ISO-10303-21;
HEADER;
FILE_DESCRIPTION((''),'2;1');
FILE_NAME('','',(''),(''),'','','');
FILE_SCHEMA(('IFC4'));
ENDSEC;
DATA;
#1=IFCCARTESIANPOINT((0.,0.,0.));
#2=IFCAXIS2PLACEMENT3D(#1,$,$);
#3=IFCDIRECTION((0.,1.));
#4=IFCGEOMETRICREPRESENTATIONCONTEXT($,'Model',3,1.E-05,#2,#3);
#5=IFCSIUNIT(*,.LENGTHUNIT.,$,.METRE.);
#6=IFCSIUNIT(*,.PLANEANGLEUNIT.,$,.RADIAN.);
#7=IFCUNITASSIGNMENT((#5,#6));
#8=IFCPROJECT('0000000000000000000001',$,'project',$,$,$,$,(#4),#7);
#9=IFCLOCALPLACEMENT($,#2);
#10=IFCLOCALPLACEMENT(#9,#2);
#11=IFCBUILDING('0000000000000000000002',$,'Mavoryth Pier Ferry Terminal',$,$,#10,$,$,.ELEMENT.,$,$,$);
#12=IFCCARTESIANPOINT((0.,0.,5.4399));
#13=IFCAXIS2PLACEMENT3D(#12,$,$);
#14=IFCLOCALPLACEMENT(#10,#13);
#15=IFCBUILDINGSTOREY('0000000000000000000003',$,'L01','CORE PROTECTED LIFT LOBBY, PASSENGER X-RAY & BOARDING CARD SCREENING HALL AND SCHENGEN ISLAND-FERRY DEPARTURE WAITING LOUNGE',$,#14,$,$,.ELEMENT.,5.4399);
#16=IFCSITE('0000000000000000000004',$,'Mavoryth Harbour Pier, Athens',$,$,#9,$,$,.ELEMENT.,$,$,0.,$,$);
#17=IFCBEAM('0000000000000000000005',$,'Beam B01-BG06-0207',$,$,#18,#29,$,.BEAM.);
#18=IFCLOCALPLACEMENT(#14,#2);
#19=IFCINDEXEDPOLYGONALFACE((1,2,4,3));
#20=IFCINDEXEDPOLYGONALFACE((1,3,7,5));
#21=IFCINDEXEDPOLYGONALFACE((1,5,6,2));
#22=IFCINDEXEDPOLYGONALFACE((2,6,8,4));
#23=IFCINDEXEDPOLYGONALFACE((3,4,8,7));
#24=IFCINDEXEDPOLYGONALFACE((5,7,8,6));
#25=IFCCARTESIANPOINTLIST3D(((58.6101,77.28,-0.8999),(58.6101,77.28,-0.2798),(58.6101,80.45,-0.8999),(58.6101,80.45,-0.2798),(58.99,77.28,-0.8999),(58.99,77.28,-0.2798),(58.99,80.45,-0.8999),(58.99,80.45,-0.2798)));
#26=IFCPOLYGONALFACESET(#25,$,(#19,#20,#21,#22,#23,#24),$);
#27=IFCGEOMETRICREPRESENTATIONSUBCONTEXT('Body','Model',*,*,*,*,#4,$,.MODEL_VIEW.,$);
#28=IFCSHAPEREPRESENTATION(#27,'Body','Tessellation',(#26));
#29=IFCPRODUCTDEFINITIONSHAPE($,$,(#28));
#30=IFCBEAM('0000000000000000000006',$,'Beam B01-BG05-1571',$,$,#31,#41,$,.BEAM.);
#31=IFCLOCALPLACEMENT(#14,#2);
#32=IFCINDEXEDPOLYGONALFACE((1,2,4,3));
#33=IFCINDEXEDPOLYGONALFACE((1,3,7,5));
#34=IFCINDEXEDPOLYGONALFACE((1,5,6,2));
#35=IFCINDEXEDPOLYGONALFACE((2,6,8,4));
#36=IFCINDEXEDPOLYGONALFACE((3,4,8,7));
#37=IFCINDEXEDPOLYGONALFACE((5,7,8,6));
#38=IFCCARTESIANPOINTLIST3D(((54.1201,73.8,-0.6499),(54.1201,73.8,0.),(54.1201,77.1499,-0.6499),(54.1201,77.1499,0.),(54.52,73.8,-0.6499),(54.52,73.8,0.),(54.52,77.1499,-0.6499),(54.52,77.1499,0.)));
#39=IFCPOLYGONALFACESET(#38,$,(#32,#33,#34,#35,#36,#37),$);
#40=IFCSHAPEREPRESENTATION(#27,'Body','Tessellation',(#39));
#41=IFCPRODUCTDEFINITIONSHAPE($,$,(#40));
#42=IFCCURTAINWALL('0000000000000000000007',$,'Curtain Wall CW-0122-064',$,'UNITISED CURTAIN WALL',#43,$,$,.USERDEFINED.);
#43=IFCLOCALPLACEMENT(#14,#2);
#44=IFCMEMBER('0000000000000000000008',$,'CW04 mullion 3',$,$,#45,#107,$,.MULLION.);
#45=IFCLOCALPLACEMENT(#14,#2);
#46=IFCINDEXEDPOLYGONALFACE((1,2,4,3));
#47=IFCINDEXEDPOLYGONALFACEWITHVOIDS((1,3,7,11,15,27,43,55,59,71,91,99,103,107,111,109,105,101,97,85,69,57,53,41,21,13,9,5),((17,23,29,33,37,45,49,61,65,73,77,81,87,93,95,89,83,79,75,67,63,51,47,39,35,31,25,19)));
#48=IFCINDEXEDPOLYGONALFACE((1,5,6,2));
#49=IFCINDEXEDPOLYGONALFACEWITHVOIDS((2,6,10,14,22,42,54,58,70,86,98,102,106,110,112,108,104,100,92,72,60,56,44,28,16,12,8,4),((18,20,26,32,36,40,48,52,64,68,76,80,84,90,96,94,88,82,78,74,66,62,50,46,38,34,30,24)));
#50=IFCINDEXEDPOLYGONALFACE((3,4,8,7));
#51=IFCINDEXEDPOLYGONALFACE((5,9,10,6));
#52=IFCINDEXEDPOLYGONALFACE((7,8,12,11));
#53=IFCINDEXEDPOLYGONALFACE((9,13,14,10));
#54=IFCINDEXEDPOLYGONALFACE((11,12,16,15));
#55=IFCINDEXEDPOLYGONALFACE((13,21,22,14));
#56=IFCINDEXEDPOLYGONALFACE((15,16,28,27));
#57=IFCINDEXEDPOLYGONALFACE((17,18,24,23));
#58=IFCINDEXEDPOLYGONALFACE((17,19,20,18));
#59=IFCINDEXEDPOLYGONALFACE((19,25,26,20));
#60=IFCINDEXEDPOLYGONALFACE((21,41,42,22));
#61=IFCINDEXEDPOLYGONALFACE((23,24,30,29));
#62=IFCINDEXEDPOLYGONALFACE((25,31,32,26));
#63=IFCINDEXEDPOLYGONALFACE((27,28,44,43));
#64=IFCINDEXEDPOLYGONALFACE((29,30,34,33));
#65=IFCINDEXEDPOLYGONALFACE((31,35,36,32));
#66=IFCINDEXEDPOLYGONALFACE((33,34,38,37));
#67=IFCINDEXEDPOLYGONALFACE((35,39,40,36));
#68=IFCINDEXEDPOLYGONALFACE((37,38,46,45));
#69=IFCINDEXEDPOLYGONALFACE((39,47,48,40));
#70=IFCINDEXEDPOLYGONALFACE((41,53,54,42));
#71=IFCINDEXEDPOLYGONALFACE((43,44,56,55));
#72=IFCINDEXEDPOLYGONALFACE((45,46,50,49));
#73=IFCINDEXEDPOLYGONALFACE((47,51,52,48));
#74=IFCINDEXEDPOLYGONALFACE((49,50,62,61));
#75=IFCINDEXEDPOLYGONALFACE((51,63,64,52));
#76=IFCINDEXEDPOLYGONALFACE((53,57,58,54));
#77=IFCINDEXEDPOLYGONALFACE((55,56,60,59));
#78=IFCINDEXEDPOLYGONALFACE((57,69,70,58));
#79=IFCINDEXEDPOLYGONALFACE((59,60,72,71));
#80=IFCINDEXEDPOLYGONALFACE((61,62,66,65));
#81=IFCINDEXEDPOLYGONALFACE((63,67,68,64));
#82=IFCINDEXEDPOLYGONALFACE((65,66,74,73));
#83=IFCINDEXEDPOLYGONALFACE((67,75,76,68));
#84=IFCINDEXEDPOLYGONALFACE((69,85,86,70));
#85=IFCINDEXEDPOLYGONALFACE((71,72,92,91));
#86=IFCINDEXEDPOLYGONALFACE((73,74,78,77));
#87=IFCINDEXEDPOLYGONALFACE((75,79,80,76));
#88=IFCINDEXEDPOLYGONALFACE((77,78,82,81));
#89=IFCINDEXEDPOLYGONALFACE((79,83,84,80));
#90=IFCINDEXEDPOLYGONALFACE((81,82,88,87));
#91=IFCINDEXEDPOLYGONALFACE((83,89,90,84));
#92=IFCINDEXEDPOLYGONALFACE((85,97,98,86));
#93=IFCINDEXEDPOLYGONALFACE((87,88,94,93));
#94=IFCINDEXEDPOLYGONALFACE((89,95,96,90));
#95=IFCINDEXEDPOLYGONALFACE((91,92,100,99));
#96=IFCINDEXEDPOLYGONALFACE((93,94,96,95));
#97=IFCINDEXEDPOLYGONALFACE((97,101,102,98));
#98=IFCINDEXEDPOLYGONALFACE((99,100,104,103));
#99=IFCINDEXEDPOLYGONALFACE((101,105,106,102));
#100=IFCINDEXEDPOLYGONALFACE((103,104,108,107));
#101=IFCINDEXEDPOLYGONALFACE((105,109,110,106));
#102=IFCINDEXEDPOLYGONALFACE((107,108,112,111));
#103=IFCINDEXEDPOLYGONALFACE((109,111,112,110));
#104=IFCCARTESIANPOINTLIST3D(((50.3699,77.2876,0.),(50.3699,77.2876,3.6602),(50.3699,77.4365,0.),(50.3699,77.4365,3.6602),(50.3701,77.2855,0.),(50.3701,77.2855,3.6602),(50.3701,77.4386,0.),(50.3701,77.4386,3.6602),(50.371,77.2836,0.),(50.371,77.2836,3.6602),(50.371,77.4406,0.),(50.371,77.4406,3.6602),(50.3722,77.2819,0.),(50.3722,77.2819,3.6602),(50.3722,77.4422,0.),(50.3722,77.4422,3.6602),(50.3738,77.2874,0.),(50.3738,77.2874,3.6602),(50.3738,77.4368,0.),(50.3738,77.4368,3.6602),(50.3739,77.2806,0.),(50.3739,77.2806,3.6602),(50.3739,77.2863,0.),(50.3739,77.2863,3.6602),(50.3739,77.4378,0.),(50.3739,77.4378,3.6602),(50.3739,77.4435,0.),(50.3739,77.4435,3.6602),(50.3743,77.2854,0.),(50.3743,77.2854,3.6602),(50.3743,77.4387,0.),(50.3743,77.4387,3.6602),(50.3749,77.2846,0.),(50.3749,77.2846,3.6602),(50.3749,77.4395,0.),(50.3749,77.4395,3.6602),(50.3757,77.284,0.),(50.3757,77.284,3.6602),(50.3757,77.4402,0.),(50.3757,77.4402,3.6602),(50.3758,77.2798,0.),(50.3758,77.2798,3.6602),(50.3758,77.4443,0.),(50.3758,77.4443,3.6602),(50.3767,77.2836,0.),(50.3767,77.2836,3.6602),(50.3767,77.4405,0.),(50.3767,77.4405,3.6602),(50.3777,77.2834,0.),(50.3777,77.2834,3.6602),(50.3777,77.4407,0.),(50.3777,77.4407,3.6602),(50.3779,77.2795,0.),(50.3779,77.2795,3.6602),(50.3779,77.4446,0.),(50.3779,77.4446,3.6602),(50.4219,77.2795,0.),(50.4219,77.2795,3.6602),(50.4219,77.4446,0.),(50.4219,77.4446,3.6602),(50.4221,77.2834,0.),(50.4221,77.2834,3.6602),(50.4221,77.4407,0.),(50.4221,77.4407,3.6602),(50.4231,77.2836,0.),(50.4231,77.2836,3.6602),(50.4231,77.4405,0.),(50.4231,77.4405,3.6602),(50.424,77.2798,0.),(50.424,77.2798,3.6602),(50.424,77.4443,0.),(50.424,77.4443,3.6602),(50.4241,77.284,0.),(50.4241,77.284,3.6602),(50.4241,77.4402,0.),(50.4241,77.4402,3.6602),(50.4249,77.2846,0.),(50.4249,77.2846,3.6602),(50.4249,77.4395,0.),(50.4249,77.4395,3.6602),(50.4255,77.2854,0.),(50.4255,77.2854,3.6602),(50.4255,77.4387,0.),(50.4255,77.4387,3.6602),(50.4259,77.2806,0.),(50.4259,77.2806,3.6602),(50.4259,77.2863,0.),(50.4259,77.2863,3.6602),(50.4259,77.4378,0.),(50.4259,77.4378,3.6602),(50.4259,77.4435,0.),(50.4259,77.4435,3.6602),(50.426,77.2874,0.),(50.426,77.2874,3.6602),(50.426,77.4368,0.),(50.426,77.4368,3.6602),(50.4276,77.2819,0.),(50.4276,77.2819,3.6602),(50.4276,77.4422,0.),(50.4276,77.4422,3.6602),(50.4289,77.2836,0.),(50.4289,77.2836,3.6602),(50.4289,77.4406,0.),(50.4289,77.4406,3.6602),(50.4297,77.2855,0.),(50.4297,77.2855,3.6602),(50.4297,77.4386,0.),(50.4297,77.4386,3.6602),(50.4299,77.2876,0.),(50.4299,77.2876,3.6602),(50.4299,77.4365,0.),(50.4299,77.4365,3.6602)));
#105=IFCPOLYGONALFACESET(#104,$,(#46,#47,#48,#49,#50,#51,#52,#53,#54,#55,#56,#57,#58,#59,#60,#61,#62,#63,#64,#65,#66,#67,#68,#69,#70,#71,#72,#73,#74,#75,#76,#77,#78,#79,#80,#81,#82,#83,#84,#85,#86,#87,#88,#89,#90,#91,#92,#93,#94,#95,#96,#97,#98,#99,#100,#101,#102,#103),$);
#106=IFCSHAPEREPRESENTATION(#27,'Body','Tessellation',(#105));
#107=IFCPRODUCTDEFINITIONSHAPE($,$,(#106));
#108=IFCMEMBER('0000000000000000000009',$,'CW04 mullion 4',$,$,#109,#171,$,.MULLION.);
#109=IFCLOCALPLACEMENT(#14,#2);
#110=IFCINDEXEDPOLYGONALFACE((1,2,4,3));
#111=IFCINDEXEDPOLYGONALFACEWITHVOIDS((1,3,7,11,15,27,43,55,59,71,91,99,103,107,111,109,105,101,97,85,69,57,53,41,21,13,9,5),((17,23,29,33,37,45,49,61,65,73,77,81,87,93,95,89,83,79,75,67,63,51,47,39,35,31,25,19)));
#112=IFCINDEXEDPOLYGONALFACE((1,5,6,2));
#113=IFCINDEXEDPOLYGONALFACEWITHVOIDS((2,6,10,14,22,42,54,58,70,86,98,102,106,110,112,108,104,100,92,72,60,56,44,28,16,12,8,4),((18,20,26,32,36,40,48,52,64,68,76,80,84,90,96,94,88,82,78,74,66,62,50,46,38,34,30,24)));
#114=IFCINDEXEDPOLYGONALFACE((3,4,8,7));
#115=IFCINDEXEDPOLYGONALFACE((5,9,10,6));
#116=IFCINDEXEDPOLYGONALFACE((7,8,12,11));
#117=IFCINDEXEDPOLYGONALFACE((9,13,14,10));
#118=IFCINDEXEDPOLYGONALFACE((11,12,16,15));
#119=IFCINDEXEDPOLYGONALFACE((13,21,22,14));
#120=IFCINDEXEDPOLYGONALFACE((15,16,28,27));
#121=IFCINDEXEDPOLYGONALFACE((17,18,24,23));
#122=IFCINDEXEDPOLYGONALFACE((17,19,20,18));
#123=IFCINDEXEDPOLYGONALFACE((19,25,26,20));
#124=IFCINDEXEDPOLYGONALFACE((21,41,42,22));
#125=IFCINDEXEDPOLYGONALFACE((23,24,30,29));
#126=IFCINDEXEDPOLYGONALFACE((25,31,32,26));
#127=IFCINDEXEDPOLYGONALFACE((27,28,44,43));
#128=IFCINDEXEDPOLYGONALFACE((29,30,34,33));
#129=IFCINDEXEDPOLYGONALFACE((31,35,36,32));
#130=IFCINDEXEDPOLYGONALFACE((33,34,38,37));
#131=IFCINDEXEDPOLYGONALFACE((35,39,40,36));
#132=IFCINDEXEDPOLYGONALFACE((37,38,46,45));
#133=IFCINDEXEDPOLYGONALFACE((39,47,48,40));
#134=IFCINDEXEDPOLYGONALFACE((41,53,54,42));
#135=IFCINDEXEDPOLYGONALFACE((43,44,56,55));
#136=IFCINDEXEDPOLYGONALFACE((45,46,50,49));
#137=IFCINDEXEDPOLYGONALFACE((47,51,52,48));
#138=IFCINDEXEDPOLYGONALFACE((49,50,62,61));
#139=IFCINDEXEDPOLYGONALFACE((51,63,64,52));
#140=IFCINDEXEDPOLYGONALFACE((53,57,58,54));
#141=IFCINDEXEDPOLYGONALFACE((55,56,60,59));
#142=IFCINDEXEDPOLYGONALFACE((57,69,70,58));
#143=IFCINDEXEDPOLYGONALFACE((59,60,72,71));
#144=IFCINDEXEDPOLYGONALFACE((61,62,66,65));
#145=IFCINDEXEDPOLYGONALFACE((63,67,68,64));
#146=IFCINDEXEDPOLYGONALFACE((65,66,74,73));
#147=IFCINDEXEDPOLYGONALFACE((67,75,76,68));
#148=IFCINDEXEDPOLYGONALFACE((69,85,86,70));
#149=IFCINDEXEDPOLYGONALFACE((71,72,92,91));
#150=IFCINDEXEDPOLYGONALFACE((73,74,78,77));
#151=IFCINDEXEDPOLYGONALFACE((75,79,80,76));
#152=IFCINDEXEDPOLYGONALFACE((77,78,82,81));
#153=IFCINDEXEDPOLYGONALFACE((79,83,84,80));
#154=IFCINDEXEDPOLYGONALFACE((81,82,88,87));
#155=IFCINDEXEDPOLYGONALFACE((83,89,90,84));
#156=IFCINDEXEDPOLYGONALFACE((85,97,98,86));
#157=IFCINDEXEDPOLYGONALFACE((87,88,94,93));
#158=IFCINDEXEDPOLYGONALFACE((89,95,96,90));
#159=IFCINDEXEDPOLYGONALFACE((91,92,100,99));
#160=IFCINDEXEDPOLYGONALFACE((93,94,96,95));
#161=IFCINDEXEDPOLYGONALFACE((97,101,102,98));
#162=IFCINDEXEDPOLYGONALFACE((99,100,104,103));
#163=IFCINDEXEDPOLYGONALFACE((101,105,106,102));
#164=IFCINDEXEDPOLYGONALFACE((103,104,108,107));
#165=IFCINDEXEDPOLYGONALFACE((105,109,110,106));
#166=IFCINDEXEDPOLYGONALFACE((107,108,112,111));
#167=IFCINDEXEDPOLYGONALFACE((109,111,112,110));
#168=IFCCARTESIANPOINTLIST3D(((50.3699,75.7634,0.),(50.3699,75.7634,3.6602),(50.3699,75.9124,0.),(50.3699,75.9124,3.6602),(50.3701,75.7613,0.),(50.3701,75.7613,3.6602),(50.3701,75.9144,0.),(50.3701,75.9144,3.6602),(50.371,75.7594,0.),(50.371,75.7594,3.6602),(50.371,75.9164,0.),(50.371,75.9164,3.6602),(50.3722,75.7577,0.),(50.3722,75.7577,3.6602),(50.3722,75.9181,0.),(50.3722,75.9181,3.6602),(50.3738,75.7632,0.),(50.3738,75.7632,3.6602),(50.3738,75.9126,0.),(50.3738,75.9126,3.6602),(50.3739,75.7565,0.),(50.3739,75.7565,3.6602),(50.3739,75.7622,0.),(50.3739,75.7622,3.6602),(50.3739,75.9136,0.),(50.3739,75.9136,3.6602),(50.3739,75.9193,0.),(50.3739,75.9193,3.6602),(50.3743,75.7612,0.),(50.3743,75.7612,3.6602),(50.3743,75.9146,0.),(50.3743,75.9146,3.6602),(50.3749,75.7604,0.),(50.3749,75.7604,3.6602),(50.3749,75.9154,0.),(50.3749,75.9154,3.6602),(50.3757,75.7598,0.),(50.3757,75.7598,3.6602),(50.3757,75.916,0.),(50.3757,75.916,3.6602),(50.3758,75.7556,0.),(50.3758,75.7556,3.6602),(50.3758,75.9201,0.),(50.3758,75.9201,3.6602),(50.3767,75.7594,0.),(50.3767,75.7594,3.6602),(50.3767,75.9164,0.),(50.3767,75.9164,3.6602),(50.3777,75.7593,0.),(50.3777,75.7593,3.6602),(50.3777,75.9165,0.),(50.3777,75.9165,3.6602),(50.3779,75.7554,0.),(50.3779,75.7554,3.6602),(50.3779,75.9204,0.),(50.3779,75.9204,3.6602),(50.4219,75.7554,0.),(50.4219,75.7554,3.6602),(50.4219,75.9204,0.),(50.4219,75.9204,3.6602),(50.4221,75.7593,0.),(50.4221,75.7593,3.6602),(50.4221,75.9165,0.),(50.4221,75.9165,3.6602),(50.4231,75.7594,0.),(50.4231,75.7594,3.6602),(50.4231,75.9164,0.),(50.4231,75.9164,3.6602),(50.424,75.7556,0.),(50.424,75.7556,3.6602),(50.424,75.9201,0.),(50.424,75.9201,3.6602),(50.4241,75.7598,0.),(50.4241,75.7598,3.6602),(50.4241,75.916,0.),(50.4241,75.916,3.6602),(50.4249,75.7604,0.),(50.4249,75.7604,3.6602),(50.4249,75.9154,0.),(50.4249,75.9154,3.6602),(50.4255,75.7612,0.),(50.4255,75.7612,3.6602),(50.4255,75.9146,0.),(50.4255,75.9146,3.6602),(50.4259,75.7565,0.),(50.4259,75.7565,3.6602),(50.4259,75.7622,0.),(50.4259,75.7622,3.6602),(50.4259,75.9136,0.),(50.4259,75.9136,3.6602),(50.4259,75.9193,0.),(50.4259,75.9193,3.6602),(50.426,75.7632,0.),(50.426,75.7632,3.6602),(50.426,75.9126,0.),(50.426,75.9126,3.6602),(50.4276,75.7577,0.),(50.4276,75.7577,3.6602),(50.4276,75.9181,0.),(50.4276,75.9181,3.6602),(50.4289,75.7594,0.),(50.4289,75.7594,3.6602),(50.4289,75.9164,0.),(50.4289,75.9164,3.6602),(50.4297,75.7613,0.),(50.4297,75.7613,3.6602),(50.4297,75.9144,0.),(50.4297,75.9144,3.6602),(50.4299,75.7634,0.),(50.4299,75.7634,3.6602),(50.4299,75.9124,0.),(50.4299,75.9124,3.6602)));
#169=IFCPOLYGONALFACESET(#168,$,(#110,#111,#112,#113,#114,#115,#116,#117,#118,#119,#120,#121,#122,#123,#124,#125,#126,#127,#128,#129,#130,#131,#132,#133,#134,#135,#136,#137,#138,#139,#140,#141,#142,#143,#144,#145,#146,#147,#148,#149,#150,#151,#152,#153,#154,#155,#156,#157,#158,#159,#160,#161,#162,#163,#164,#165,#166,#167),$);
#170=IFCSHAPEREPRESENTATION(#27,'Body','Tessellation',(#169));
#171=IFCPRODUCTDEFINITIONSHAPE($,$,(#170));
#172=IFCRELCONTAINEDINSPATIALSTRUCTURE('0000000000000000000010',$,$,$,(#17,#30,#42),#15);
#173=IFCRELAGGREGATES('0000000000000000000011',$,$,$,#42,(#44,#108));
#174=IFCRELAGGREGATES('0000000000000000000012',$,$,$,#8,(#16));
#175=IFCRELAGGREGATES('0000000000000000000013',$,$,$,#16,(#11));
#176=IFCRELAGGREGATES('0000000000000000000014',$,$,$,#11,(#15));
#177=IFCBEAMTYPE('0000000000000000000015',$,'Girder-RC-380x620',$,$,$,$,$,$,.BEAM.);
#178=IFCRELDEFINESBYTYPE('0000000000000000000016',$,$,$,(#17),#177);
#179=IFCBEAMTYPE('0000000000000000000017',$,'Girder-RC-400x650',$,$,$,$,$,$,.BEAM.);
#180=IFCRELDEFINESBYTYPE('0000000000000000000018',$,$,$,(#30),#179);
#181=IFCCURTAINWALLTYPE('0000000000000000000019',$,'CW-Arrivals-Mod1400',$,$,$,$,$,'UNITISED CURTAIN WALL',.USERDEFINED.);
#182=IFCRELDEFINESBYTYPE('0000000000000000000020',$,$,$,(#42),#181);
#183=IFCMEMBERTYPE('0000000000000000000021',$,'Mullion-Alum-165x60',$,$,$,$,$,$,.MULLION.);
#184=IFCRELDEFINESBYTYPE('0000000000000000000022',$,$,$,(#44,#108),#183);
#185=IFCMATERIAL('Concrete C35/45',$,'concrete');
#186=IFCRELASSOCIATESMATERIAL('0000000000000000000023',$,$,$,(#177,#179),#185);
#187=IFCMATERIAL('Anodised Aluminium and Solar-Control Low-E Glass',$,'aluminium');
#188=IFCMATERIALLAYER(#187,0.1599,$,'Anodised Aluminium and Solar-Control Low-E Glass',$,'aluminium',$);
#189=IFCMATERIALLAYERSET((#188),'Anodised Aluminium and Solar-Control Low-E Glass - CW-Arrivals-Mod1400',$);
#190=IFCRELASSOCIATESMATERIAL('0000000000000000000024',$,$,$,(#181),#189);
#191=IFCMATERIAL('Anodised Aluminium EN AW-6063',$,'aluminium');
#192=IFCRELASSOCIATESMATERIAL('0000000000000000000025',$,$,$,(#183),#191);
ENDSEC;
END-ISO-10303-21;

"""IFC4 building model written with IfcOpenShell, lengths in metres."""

from ifc_helpers import new_model, si_unit, direction, frame, origin, origin_2d, place, context, subcontext, project, spatial, rectangle, hollow_rectangle, extrude, material, layer, layer_set, material_profile, profile_set, type_object, element, aggregate, save


model = new_model("IFC4")

# Units and contexts
model_context = context("Model", 3, precision=1e-05, world=origin(), true_north=direction((0.0, 1.0)))
body_context = subcontext(model_context, "Body", "Model", "MODEL_VIEW")
ifc_project = project(units=[si_unit("LENGTHUNIT", "METRE"), si_unit("PLANEANGLEUNIT", "RADIAN")], contexts=[model_context])

# Site, building, storey
site_placement = place(None, origin())
site = spatial("IfcSite", under=ifc_project, at=site_placement, Name="Mavoryth Harbour Pier, Athens", CompositionType="ELEMENT", RefElevation=0.0)
building_placement = place(site_placement, origin())
building = spatial("IfcBuilding", under=site, at=building_placement, Name="Mavoryth Pier Ferry Terminal", CompositionType="ELEMENT")
storey_placement = place(building_placement, frame((0.0, 0.0, 5.4399)))
storey = spatial("IfcBuildingStorey", under=building, at=storey_placement, Name="L01", Description="CORE PROTECTED LIFT LOBBY, PASSENGER X-RAY & BOARDING CARD SCREENING HALL AND SCHENGEN ISLAND-FERRY DEPARTURE WAITING LOUNGE", CompositionType="ELEMENT", Elevation=5.4399)

# Beams
ifc_material_1 = material(Name="Concrete C35/45", Category="concrete")
ifc_material_profile_1 = material_profile(ifc_material_1, rectangle(XDim=0.3799, YDim=0.6201, at=origin_2d()), Name="RC 380x620", Category="concrete")
ifc_profile_set_1 = profile_set([ifc_material_profile_1], Name="Concrete C35/45 - RC 380x620")
beam_type_1 = type_object("IfcBeamType", Name="Girder-RC-380x620", PredefinedType="BEAM", material=ifc_profile_set_1)
beam_1_placement = place(storey_placement, frame((58.8, 77.28, -0.5898), z_axis=(0.0, 1.0, 0.0), x_axis=(-1.0, 0.0, 0.0)))
element("IfcBeam", 1, at=beam_1_placement, inside=storey, type_object=beam_type_1, Name="Beam B01-BG06-0207", PredefinedType="BEAM", context=body_context, shape_type="SweptSolid", body=[
    extrude(rectangle(XDim=0.3799, YDim=0.6201, at=origin_2d()), origin(), (0.0, 0.0, 1.0), 3.1699),
])
ifc_material_profile_2 = material_profile(ifc_material_1, rectangle(XDim=0.3999, YDim=0.6499, at=origin_2d()), Name="RC 400x650", Category="concrete")
ifc_profile_set_2 = profile_set([ifc_material_profile_2], Name="Concrete C35/45 - RC 400x650")
beam_type_2 = type_object("IfcBeamType", Name="Girder-RC-400x650", PredefinedType="BEAM", material=ifc_profile_set_2)
beam_2_placement = place(storey_placement, frame((54.3201, 73.8, -0.325), z_axis=(0.0, 1.0, 0.0), x_axis=(-1.0, 0.0, 0.0)))
element("IfcBeam", 2, at=beam_2_placement, inside=storey, type_object=beam_type_2, Name="Beam B01-BG05-1571", PredefinedType="BEAM", context=body_context, shape_type="SweptSolid", body=[
    extrude(rectangle(XDim=0.3999, YDim=0.6499, at=origin_2d()), origin(), (0.0, 0.0, 1.0), 3.3499),
])

# Curtain wall, members
ifc_material_2 = material(Name="Anodised Aluminium and Solar-Control Low-E Glass", Category="aluminium")
ifc_layer_1 = layer(ifc_material_2, 0.1599, Name="Anodised Aluminium and Solar-Control Low-E Glass", Category="aluminium")
ifc_layer_set_1 = layer_set([ifc_layer_1], Name="Anodised Aluminium and Solar-Control Low-E Glass - CW-Arrivals-Mod1400")
curtain_wall_type = type_object("IfcCurtainWallType", Name="CW-Arrivals-Mod1400", ElementType="UNITISED CURTAIN WALL", PredefinedType="USERDEFINED", material=ifc_layer_set_1)
curtain_wall_placement = place(storey_placement, origin())
curtain_wall = element("IfcCurtainWall", 3, at=curtain_wall_placement, inside=storey, type_object=curtain_wall_type, Name="Curtain Wall CW-0122-064", ObjectType="UNITISED CURTAIN WALL", PredefinedType="USERDEFINED")
ifc_material_3 = material(Name="Anodised Aluminium EN AW-6063", Category="aluminium")
ifc_material_profile_3 = material_profile(ifc_material_3, hollow_rectangle(XDim=0.0601, YDim=0.165, WallThickness=0.0039, InnerFilletRadius=0.0039, OuterFilletRadius=0.0081, at=origin_2d()), Name="AL-MULL 165x60x4", Category="aluminium")
ifc_profile_set_3 = profile_set([ifc_material_profile_3], Name="Anodised Aluminium EN AW-6063 - AL-MULL 165x60x4")
member_type_1 = type_object("IfcMemberType", Name="Mullion-Alum-165x60", PredefinedType="MULLION", material=ifc_profile_set_3)
member_1_placement = place(storey_placement, frame((50.3999, 77.3621, 0.0), z_axis=(0.0, 0.0, 1.0), x_axis=(1.0, 0.0, 0.0)))
member_1 = element("IfcMember", 4, at=member_1_placement, type_object=member_type_1, Name="CW04 mullion 3", PredefinedType="MULLION", context=body_context, shape_type="SweptSolid", body=[
    extrude(hollow_rectangle(XDim=0.0601, YDim=0.165, WallThickness=0.0039, InnerFilletRadius=0.0039, OuterFilletRadius=0.0081, at=origin_2d()), origin(), (0.0, 0.0, 1.0), 3.6602),
])
member_2_placement = place(storey_placement, frame((50.3999, 75.8379, 0.0), z_axis=(0.0, 0.0, 1.0), x_axis=(1.0, 0.0, 0.0)))
member_2 = element("IfcMember", 5, at=member_2_placement, type_object=member_type_1, Name="CW04 mullion 4", PredefinedType="MULLION", context=body_context, shape_type="SweptSolid", body=[
    extrude(hollow_rectangle(XDim=0.0601, YDim=0.165, WallThickness=0.0039, InnerFilletRadius=0.0039, OuterFilletRadius=0.0081, at=origin_2d()), origin(), (0.0, 0.0, 1.0), 3.6602),
])
aggregate(curtain_wall, [member_1, member_2])

save(model, "model.ifc")
